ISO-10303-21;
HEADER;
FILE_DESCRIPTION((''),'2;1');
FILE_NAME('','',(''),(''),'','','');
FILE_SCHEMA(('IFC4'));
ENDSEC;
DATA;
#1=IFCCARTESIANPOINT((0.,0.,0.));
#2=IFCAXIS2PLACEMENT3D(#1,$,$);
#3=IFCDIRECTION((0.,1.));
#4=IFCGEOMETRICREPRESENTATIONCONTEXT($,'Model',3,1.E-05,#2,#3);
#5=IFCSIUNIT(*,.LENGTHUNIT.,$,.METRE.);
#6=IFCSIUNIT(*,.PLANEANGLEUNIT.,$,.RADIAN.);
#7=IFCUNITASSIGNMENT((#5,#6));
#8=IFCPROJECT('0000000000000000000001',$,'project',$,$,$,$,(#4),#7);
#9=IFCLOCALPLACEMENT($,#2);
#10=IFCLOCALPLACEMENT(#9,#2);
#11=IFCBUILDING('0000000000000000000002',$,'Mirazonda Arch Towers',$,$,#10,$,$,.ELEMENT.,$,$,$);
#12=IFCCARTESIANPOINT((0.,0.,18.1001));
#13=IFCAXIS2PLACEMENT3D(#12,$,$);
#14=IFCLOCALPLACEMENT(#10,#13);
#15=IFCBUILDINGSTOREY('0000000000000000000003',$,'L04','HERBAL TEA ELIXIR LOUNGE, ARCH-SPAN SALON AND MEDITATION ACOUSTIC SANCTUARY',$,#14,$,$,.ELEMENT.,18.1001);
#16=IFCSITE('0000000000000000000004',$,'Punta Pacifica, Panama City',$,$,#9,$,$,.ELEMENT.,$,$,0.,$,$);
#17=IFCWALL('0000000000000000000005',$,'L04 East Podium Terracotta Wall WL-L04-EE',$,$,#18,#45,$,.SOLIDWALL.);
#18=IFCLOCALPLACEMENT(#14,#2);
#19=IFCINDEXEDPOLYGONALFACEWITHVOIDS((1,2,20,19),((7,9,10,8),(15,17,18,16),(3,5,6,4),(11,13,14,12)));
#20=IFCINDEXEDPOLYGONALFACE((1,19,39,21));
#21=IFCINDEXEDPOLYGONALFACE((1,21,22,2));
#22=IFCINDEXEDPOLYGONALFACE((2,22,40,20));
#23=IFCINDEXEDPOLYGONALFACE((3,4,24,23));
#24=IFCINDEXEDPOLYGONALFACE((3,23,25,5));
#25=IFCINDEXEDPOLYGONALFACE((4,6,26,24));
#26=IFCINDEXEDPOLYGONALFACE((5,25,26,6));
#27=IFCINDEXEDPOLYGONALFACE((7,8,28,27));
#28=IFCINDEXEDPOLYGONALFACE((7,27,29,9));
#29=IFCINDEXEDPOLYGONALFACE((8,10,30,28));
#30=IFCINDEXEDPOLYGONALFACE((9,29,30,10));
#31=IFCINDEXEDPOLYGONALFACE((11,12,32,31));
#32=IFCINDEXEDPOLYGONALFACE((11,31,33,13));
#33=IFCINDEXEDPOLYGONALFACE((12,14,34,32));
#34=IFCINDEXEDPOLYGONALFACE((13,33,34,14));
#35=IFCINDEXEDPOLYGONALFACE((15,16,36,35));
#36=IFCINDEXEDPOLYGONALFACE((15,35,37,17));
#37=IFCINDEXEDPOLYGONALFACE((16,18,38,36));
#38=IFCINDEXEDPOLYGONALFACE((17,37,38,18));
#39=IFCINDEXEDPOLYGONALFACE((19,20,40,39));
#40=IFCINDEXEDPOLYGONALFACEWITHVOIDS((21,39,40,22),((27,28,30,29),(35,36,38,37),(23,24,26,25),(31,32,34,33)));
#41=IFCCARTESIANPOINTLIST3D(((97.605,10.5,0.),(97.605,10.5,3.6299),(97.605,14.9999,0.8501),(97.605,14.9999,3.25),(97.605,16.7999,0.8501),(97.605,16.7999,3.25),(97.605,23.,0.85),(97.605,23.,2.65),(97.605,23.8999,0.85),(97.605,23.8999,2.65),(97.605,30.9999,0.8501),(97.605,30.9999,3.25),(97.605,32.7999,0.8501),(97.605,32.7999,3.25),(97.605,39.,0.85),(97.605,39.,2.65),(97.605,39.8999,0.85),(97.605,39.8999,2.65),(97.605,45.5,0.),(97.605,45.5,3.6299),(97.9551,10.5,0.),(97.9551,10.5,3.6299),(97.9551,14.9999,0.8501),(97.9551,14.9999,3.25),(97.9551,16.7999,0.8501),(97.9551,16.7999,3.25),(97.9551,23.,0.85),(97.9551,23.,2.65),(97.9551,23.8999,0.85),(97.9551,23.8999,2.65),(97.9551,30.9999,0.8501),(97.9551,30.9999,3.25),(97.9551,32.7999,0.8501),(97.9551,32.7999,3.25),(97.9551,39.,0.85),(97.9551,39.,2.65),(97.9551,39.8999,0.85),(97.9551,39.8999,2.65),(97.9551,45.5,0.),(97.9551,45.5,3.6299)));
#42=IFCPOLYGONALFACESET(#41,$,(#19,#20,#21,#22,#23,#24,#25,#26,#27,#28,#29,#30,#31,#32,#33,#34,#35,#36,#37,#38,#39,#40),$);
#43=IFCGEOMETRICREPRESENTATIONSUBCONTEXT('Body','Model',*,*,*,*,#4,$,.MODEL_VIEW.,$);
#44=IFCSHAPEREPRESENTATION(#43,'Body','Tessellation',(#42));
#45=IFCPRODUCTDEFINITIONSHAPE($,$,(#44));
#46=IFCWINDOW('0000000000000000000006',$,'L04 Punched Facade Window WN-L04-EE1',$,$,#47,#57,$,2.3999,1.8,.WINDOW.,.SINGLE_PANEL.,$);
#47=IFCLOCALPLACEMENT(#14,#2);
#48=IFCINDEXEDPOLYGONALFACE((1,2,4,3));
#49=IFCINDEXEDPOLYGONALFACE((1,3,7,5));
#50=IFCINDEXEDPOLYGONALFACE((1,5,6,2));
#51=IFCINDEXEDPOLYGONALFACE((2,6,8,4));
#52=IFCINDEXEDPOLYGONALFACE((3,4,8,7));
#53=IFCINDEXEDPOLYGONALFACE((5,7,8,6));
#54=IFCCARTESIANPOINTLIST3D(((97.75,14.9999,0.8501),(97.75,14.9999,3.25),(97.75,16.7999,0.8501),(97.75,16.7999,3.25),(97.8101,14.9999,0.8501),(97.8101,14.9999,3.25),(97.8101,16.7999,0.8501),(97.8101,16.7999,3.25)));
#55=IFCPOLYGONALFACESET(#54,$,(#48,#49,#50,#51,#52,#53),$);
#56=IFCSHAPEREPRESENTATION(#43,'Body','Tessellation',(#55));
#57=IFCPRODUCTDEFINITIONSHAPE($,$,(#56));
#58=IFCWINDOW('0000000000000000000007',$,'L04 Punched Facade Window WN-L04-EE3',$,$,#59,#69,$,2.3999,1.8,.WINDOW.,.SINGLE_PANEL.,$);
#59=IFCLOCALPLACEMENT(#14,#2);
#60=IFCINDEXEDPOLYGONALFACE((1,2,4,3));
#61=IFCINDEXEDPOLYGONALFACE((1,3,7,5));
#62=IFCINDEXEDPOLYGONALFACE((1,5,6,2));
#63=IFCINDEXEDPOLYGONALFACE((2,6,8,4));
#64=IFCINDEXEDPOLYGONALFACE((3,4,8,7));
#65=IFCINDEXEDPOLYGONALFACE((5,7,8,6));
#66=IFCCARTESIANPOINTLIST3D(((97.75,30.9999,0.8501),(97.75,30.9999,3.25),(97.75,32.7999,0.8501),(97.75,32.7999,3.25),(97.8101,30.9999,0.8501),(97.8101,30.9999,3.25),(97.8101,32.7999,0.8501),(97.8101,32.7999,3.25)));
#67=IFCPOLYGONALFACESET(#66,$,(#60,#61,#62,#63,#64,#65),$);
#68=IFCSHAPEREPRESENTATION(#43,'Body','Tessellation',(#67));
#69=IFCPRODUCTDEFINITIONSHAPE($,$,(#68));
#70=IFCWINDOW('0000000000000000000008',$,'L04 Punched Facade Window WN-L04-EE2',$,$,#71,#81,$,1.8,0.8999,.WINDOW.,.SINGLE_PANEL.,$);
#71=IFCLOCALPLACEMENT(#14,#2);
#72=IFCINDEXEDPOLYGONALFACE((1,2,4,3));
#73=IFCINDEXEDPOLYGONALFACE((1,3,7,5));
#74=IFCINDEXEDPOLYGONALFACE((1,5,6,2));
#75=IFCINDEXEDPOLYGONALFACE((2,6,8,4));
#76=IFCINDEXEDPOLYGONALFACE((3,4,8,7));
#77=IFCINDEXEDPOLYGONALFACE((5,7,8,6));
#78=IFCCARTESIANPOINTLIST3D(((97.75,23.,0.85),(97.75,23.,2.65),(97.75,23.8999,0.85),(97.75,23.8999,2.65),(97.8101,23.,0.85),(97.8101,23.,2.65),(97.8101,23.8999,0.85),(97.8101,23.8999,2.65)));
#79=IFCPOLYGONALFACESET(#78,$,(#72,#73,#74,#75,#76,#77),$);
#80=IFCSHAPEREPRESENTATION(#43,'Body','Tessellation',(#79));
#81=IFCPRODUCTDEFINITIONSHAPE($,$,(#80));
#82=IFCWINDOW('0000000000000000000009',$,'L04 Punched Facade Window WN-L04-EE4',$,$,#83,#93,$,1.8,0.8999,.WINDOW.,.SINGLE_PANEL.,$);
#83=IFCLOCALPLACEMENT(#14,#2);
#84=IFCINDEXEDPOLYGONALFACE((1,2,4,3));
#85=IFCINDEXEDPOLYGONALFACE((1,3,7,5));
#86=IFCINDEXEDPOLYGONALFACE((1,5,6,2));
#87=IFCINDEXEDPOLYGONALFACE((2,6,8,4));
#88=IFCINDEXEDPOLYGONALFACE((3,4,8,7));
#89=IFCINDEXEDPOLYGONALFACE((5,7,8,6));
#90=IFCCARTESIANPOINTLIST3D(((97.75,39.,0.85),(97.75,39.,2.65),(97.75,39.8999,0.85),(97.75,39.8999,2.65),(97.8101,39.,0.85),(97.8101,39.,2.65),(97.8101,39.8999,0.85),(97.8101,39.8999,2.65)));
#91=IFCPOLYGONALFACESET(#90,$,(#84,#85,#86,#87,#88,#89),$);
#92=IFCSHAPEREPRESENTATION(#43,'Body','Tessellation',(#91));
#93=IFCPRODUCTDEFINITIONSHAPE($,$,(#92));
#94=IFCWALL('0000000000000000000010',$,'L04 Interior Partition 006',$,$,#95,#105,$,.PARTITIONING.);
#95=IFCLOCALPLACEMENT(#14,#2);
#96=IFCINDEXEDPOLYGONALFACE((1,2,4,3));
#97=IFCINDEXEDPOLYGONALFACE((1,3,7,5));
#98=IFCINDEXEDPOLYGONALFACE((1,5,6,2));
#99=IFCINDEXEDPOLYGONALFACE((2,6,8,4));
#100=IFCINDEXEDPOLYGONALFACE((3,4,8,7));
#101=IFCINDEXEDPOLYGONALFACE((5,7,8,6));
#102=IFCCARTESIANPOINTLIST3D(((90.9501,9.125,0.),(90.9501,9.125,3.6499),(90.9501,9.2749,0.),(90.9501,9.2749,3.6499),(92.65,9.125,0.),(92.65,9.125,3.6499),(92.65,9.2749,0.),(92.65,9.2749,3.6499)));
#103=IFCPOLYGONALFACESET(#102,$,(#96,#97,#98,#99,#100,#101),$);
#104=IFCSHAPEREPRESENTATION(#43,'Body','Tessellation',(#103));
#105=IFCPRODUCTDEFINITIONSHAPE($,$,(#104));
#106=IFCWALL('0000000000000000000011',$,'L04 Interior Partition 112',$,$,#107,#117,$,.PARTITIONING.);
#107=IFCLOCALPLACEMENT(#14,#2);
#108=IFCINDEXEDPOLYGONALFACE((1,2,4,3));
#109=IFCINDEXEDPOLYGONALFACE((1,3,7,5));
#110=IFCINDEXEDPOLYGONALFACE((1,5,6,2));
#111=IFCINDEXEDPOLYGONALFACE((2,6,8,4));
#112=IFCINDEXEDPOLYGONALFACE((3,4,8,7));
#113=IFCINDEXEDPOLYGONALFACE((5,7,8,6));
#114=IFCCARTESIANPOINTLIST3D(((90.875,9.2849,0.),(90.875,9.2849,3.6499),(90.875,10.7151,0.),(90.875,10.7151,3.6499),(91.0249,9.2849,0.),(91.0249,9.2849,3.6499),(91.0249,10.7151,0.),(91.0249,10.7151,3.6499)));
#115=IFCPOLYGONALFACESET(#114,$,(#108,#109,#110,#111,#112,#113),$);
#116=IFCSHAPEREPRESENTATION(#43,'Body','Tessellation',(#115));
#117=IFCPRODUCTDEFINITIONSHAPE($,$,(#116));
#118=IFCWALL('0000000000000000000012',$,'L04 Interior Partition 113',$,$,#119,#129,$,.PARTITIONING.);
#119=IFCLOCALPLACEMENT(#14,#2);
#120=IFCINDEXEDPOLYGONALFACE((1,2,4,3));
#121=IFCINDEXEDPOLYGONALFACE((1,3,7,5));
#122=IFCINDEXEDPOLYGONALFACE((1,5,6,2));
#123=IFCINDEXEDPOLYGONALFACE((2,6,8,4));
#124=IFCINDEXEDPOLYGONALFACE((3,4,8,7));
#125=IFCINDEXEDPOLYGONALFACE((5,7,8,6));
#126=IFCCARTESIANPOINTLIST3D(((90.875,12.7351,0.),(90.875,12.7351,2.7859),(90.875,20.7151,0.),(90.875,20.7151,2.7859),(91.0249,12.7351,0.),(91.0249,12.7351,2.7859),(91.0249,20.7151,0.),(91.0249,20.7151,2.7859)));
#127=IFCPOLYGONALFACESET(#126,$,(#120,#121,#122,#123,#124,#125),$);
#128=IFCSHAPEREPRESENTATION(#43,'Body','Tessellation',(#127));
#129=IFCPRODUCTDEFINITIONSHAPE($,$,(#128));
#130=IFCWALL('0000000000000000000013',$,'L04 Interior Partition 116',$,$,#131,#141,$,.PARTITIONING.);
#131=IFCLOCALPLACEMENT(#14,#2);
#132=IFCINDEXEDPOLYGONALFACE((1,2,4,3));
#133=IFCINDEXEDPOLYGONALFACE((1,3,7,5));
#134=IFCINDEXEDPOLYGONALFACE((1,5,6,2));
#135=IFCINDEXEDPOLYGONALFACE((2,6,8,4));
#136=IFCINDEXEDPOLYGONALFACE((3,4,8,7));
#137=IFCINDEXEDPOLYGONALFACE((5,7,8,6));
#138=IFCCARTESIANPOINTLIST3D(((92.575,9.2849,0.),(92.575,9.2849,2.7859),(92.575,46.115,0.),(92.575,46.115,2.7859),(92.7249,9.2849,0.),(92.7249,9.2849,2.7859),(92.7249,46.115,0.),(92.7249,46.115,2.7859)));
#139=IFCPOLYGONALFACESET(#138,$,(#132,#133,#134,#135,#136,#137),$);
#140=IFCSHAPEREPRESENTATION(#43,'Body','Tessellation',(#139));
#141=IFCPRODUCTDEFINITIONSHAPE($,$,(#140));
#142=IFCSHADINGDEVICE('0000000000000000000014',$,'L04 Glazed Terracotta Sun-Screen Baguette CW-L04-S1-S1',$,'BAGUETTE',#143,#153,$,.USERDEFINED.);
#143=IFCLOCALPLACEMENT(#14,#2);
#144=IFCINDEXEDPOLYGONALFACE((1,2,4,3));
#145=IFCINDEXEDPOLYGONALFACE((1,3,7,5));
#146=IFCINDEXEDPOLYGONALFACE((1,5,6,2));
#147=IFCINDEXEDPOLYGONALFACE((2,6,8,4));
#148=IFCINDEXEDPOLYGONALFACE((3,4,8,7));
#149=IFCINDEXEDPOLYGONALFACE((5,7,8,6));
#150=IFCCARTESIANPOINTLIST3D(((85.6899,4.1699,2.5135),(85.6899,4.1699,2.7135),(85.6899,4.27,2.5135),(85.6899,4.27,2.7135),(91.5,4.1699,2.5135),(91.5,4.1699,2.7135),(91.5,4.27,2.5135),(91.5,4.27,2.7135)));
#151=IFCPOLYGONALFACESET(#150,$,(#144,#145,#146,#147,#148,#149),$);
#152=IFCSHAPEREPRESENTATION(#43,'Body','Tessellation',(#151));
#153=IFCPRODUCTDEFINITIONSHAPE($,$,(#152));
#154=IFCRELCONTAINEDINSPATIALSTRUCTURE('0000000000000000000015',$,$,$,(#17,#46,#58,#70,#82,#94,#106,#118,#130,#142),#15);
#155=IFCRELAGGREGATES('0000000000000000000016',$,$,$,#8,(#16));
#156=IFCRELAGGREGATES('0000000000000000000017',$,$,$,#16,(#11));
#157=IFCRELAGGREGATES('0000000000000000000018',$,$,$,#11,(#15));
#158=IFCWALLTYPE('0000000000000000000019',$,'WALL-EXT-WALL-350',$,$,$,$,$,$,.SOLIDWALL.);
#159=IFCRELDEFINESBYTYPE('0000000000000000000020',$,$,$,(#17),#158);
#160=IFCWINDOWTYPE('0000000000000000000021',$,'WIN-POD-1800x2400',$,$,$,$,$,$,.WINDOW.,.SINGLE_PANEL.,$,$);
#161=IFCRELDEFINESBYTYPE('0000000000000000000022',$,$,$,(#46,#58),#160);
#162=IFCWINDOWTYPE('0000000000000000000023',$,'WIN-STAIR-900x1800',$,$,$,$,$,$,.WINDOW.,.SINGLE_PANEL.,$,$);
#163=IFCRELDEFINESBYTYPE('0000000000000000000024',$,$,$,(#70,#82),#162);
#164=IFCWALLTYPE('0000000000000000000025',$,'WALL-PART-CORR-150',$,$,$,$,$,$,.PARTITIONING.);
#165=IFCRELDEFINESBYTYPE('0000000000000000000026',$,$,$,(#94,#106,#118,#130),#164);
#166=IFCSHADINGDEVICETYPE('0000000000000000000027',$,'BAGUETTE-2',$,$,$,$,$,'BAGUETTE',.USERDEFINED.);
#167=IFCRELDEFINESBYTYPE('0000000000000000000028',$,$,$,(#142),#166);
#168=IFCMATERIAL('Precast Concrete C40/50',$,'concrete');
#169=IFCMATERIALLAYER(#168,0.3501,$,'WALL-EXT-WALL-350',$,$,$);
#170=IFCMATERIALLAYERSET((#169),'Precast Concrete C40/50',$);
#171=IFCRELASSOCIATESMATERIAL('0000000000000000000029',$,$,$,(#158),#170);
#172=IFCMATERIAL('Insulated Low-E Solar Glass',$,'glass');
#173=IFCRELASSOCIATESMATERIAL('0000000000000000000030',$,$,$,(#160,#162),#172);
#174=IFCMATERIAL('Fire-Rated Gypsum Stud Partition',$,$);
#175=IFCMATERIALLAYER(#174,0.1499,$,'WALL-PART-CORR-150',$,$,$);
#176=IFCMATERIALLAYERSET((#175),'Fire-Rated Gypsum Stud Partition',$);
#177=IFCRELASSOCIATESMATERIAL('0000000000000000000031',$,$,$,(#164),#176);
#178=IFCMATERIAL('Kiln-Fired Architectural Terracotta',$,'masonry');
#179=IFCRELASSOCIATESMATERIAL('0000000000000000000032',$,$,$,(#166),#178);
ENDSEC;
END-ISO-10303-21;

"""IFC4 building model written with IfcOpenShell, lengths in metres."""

from ifc_helpers import new_model, si_unit, direction, frame, frame_2d, origin, origin_2d, place, context, subcontext, project, spatial, rectangle, extrude, material, layer, layer_set, material_profile, profile_set, type_object, element, fill, save


model = new_model("IFC4")

# Units and contexts
model_context = context("Model", 3, precision=1e-05, world=origin(), true_north=direction((0.0, 1.0)))
body_context = subcontext(model_context, "Body", "Model", "MODEL_VIEW")
ifc_project = project(units=[si_unit("LENGTHUNIT", "METRE"), si_unit("PLANEANGLEUNIT", "RADIAN")], contexts=[model_context])

# Site, building, storey
site_placement = place(None, origin())
site = spatial("IfcSite", under=ifc_project, at=site_placement, Name="Punta Pacifica, Panama City", CompositionType="ELEMENT", RefElevation=0.0)
building_placement = place(site_placement, origin())
building = spatial("IfcBuilding", under=site, at=building_placement, Name="Mirazonda Arch Towers", CompositionType="ELEMENT")
storey_placement = place(building_placement, frame((0.0, 0.0, 18.1001)))
storey = spatial("IfcBuildingStorey", under=building, at=storey_placement, Name="L04", Description="HERBAL TEA ELIXIR LOUNGE, ARCH-SPAN SALON AND MEDITATION ACOUSTIC SANCTUARY", CompositionType="ELEMENT", Elevation=18.1001)

# Shared definitions
ifc_material_1 = material(Name="Insulated Low-E Solar Glass", Category="glass")

# Wall, openings, windows
ifc_material_2 = material(Name="Precast Concrete C40/50", Category="concrete")
ifc_layer_1 = layer(ifc_material_2, 0.3501, Name="WALL-EXT-WALL-350")
ifc_layer_set_1 = layer_set([ifc_layer_1], Name="Precast Concrete C40/50")
wall_type_1 = type_object("IfcWallType", Name="WALL-EXT-WALL-350", PredefinedType="SOLIDWALL", material=ifc_layer_set_1)
wall_1_placement = place(storey_placement, frame((97.78, 10.5, 0.0), z_axis=(0.0, 0.0, 1.0), x_axis=(0.0, 1.0, 0.0)))
wall_1 = element("IfcWall", 1, at=wall_1_placement, inside=storey, type_object=wall_type_1, Name="L04 East Podium Terracotta Wall WL-L04-EE", PredefinedType="SOLIDWALL", context=body_context, shape_type="SweptSolid", body=[
    extrude(rectangle(XDim=35.0, YDim=0.3501, at=frame_2d((17.5, 0.0))), origin(), (0.0, 0.0, 1.0), 3.6299),
])
opening_1_placement = place(wall_1_placement, frame((4.5, 0.0, 0.8501)))
opening_1 = element("IfcOpeningElement", 2, at=opening_1_placement, cuts=wall_1, PredefinedType="OPENING", context=body_context, shape_type="SweptSolid", body=[
    extrude(rectangle(XDim=1.8, YDim=2.3999, at=frame_2d((0.8999, 1.2))), frame((0.0, 0.1851, 0.0), z_axis=(0.0, -1.0, 0.0), x_axis=(1.0, 0.0, 0.0)), (0.0, 0.0, 1.0), 0.3701),
])
opening_2_placement = place(wall_1_placement, frame((12.5, 0.0, 0.8501)))
opening_2 = element("IfcOpeningElement", 3, at=opening_2_placement, cuts=wall_1, PredefinedType="OPENING", context=body_context, shape_type="SweptSolid", body=[
    extrude(rectangle(XDim=0.8999, YDim=1.8, at=frame_2d((0.45, 0.8999))), frame((0.0, 0.1851, 0.0), z_axis=(0.0, -1.0, 0.0), x_axis=(1.0, 0.0, 0.0)), (0.0, 0.0, 1.0), 0.3701),
])
opening_3_placement = place(wall_1_placement, frame((20.5, 0.0, 0.8501)))
opening_3 = element("IfcOpeningElement", 4, at=opening_3_placement, cuts=wall_1, PredefinedType="OPENING", context=body_context, shape_type="SweptSolid", body=[
    extrude(rectangle(XDim=1.8, YDim=2.3999, at=frame_2d((0.8999, 1.2))), frame((0.0, 0.1851, 0.0), z_axis=(0.0, -1.0, 0.0), x_axis=(1.0, 0.0, 0.0)), (0.0, 0.0, 1.0), 0.3701),
])
opening_4_placement = place(wall_1_placement, frame((28.5, 0.0, 0.8501)))
opening_4 = element("IfcOpeningElement", 5, at=opening_4_placement, cuts=wall_1, PredefinedType="OPENING", context=body_context, shape_type="SweptSolid", body=[
    extrude(rectangle(XDim=0.8999, YDim=1.8, at=frame_2d((0.45, 0.8999))), frame((0.0, 0.1851, 0.0), z_axis=(0.0, -1.0, 0.0), x_axis=(1.0, 0.0, 0.0)), (0.0, 0.0, 1.0), 0.3701),
])
window_type_1 = type_object("IfcWindowType", Name="WIN-POD-1800x2400", PartitioningType="SINGLE_PANEL", PredefinedType="WINDOW", material=ifc_material_1)
window_1_placement = place(opening_1_placement, origin())
window_1 = element("IfcWindow", 6, at=window_1_placement, inside=storey, type_object=window_type_1, Name="L04 Punched Facade Window WN-L04-EE1", OverallHeight=2.3999, OverallWidth=1.8, PartitioningType="SINGLE_PANEL", PredefinedType="WINDOW", context=body_context, shape_type="SweptSolid", body=[
    extrude(rectangle(XDim=1.8, YDim=2.3999, at=frame_2d((0.8999, 1.2))), frame((0.0, 0.03, 0.0), z_axis=(0.0, -1.0, 0.0), x_axis=(1.0, 0.0, 0.0)), (0.0, 0.0, 1.0), 0.0601),
])
fill(opening_1, window_1)
window_2_placement = place(opening_3_placement, origin())
window_2 = element("IfcWindow", 7, at=window_2_placement, inside=storey, type_object=window_type_1, Name="L04 Punched Facade Window WN-L04-EE3", OverallHeight=2.3999, OverallWidth=1.8, PartitioningType="SINGLE_PANEL", PredefinedType="WINDOW", context=body_context, shape_type="SweptSolid", body=[
    extrude(rectangle(XDim=1.8, YDim=2.3999, at=frame_2d((0.8999, 1.2))), frame((0.0, 0.03, 0.0), z_axis=(0.0, -1.0, 0.0), x_axis=(1.0, 0.0, 0.0)), (0.0, 0.0, 1.0), 0.0601),
])
fill(opening_3, window_2)
window_type_2 = type_object("IfcWindowType", Name="WIN-STAIR-900x1800", PartitioningType="SINGLE_PANEL", PredefinedType="WINDOW", material=ifc_material_1)
window_3_placement = place(opening_2_placement, origin())
window_3 = element("IfcWindow", 8, at=window_3_placement, inside=storey, type_object=window_type_2, Name="L04 Punched Facade Window WN-L04-EE2", OverallHeight=1.8, OverallWidth=0.8999, PartitioningType="SINGLE_PANEL", PredefinedType="WINDOW", context=body_context, shape_type="SweptSolid", body=[
    extrude(rectangle(XDim=0.8999, YDim=1.8, at=frame_2d((0.45, 0.8999))), frame((0.0, 0.03, 0.0), z_axis=(0.0, -1.0, 0.0), x_axis=(1.0, 0.0, 0.0)), (0.0, 0.0, 1.0), 0.0601),
])
fill(opening_2, window_3)
window_4_placement = place(opening_4_placement, origin())
window_4 = element("IfcWindow", 9, at=window_4_placement, inside=storey, type_object=window_type_2, Name="L04 Punched Facade Window WN-L04-EE4", OverallHeight=1.8, OverallWidth=0.8999, PartitioningType="SINGLE_PANEL", PredefinedType="WINDOW", context=body_context, shape_type="SweptSolid", body=[
    extrude(rectangle(XDim=0.8999, YDim=1.8, at=frame_2d((0.45, 0.8999))), frame((0.0, 0.03, 0.0), z_axis=(0.0, -1.0, 0.0), x_axis=(1.0, 0.0, 0.0)), (0.0, 0.0, 1.0), 0.0601),
])
fill(opening_4, window_4)

# Walls
ifc_material_3 = material(Name="Fire-Rated Gypsum Stud Partition")
ifc_layer_2 = layer(ifc_material_3, 0.1499, Name="WALL-PART-CORR-150")
ifc_layer_set_2 = layer_set([ifc_layer_2], Name="Fire-Rated Gypsum Stud Partition")
wall_type_2 = type_object("IfcWallType", Name="WALL-PART-CORR-150", PredefinedType="PARTITIONING", material=ifc_layer_set_2)
wall_2_placement = place(storey_placement, frame((90.95, 9.2, 0.0), z_axis=(0.0, 0.0, 1.0), x_axis=(1.0, 0.0, 0.0)))
element("IfcWall", 10, at=wall_2_placement, inside=storey, type_object=wall_type_2, Name="L04 Interior Partition 006", PredefinedType="PARTITIONING", context=body_context, shape_type="SweptSolid", body=[
    extrude(rectangle(XDim=1.7, YDim=0.1499, at=frame_2d((0.8501, 0.0))), origin(), (0.0, 0.0, 1.0), 3.6499),
])
wall_3_placement = place(storey_placement, frame((90.95, 9.2849, 0.0), z_axis=(0.0, 0.0, 1.0), x_axis=(0.0, 1.0, 0.0)))
element("IfcWall", 11, at=wall_3_placement, inside=storey, type_object=wall_type_2, Name="L04 Interior Partition 112", PredefinedType="PARTITIONING", context=body_context, shape_type="SweptSolid", body=[
    extrude(rectangle(XDim=1.4302, YDim=0.1499, at=frame_2d((0.7151, 0.0))), origin(), (0.0, 0.0, 1.0), 3.6499),
])
wall_4_placement = place(storey_placement, frame((90.95, 12.7351, 0.0), z_axis=(0.0, 0.0, 1.0), x_axis=(0.0, 1.0, 0.0)))
element("IfcWall", 12, at=wall_4_placement, inside=storey, type_object=wall_type_2, Name="L04 Interior Partition 113", PredefinedType="PARTITIONING", context=body_context, shape_type="SweptSolid", body=[
    extrude(rectangle(XDim=7.98, YDim=0.1499, at=frame_2d((3.99, 0.0))), origin(), (0.0, 0.0, 1.0), 2.7859),
])
wall_5_placement = place(storey_placement, frame((92.6499, 9.2849, 0.0), z_axis=(0.0, 0.0, 1.0), x_axis=(0.0, 1.0, 0.0)))
element("IfcWall", 13, at=wall_5_placement, inside=storey, type_object=wall_type_2, Name="L04 Interior Partition 116", PredefinedType="PARTITIONING", context=body_context, shape_type="SweptSolid", body=[
    extrude(rectangle(XDim=36.8301, YDim=0.1499, at=frame_2d((18.415, 0.0))), origin(), (0.0, 0.0, 1.0), 2.7859),
])

# Shading device
ifc_material_4 = material(Name="Kiln-Fired Architectural Terracotta", Category="masonry")
ifc_material_profile_1 = material_profile(ifc_material_4, rectangle(XDim=0.1001, YDim=0.2, at=origin_2d()), Name="TERRA-BAG-100x200")
ifc_profile_set_1 = profile_set([ifc_material_profile_1], Name="Kiln-Fired Architectural Terracotta")
shading_device_type = type_object("IfcShadingDeviceType", Name="BAGUETTE-2", ElementType="BAGUETTE", PredefinedType="USERDEFINED", material=ifc_profile_set_1)
shading_device_placement = place(storey_placement, frame((91.5, 4.22, 2.6135), z_axis=(-1.0, 0.0, 0.0), x_axis=(0.0, -1.0, 0.0)))
element("IfcShadingDevice", 14, at=shading_device_placement, inside=storey, type_object=shading_device_type, Name="L04 Glazed Terracotta Sun-Screen Baguette CW-L04-S1-S1", ObjectType="BAGUETTE", PredefinedType="USERDEFINED", context=body_context, shape_type="SweptSolid", body=[
    extrude(rectangle(XDim=0.1001, YDim=0.2, at=origin_2d()), origin(), (0.0, 0.0, 1.0), 5.8101),
])

save(model, "model.ifc")
